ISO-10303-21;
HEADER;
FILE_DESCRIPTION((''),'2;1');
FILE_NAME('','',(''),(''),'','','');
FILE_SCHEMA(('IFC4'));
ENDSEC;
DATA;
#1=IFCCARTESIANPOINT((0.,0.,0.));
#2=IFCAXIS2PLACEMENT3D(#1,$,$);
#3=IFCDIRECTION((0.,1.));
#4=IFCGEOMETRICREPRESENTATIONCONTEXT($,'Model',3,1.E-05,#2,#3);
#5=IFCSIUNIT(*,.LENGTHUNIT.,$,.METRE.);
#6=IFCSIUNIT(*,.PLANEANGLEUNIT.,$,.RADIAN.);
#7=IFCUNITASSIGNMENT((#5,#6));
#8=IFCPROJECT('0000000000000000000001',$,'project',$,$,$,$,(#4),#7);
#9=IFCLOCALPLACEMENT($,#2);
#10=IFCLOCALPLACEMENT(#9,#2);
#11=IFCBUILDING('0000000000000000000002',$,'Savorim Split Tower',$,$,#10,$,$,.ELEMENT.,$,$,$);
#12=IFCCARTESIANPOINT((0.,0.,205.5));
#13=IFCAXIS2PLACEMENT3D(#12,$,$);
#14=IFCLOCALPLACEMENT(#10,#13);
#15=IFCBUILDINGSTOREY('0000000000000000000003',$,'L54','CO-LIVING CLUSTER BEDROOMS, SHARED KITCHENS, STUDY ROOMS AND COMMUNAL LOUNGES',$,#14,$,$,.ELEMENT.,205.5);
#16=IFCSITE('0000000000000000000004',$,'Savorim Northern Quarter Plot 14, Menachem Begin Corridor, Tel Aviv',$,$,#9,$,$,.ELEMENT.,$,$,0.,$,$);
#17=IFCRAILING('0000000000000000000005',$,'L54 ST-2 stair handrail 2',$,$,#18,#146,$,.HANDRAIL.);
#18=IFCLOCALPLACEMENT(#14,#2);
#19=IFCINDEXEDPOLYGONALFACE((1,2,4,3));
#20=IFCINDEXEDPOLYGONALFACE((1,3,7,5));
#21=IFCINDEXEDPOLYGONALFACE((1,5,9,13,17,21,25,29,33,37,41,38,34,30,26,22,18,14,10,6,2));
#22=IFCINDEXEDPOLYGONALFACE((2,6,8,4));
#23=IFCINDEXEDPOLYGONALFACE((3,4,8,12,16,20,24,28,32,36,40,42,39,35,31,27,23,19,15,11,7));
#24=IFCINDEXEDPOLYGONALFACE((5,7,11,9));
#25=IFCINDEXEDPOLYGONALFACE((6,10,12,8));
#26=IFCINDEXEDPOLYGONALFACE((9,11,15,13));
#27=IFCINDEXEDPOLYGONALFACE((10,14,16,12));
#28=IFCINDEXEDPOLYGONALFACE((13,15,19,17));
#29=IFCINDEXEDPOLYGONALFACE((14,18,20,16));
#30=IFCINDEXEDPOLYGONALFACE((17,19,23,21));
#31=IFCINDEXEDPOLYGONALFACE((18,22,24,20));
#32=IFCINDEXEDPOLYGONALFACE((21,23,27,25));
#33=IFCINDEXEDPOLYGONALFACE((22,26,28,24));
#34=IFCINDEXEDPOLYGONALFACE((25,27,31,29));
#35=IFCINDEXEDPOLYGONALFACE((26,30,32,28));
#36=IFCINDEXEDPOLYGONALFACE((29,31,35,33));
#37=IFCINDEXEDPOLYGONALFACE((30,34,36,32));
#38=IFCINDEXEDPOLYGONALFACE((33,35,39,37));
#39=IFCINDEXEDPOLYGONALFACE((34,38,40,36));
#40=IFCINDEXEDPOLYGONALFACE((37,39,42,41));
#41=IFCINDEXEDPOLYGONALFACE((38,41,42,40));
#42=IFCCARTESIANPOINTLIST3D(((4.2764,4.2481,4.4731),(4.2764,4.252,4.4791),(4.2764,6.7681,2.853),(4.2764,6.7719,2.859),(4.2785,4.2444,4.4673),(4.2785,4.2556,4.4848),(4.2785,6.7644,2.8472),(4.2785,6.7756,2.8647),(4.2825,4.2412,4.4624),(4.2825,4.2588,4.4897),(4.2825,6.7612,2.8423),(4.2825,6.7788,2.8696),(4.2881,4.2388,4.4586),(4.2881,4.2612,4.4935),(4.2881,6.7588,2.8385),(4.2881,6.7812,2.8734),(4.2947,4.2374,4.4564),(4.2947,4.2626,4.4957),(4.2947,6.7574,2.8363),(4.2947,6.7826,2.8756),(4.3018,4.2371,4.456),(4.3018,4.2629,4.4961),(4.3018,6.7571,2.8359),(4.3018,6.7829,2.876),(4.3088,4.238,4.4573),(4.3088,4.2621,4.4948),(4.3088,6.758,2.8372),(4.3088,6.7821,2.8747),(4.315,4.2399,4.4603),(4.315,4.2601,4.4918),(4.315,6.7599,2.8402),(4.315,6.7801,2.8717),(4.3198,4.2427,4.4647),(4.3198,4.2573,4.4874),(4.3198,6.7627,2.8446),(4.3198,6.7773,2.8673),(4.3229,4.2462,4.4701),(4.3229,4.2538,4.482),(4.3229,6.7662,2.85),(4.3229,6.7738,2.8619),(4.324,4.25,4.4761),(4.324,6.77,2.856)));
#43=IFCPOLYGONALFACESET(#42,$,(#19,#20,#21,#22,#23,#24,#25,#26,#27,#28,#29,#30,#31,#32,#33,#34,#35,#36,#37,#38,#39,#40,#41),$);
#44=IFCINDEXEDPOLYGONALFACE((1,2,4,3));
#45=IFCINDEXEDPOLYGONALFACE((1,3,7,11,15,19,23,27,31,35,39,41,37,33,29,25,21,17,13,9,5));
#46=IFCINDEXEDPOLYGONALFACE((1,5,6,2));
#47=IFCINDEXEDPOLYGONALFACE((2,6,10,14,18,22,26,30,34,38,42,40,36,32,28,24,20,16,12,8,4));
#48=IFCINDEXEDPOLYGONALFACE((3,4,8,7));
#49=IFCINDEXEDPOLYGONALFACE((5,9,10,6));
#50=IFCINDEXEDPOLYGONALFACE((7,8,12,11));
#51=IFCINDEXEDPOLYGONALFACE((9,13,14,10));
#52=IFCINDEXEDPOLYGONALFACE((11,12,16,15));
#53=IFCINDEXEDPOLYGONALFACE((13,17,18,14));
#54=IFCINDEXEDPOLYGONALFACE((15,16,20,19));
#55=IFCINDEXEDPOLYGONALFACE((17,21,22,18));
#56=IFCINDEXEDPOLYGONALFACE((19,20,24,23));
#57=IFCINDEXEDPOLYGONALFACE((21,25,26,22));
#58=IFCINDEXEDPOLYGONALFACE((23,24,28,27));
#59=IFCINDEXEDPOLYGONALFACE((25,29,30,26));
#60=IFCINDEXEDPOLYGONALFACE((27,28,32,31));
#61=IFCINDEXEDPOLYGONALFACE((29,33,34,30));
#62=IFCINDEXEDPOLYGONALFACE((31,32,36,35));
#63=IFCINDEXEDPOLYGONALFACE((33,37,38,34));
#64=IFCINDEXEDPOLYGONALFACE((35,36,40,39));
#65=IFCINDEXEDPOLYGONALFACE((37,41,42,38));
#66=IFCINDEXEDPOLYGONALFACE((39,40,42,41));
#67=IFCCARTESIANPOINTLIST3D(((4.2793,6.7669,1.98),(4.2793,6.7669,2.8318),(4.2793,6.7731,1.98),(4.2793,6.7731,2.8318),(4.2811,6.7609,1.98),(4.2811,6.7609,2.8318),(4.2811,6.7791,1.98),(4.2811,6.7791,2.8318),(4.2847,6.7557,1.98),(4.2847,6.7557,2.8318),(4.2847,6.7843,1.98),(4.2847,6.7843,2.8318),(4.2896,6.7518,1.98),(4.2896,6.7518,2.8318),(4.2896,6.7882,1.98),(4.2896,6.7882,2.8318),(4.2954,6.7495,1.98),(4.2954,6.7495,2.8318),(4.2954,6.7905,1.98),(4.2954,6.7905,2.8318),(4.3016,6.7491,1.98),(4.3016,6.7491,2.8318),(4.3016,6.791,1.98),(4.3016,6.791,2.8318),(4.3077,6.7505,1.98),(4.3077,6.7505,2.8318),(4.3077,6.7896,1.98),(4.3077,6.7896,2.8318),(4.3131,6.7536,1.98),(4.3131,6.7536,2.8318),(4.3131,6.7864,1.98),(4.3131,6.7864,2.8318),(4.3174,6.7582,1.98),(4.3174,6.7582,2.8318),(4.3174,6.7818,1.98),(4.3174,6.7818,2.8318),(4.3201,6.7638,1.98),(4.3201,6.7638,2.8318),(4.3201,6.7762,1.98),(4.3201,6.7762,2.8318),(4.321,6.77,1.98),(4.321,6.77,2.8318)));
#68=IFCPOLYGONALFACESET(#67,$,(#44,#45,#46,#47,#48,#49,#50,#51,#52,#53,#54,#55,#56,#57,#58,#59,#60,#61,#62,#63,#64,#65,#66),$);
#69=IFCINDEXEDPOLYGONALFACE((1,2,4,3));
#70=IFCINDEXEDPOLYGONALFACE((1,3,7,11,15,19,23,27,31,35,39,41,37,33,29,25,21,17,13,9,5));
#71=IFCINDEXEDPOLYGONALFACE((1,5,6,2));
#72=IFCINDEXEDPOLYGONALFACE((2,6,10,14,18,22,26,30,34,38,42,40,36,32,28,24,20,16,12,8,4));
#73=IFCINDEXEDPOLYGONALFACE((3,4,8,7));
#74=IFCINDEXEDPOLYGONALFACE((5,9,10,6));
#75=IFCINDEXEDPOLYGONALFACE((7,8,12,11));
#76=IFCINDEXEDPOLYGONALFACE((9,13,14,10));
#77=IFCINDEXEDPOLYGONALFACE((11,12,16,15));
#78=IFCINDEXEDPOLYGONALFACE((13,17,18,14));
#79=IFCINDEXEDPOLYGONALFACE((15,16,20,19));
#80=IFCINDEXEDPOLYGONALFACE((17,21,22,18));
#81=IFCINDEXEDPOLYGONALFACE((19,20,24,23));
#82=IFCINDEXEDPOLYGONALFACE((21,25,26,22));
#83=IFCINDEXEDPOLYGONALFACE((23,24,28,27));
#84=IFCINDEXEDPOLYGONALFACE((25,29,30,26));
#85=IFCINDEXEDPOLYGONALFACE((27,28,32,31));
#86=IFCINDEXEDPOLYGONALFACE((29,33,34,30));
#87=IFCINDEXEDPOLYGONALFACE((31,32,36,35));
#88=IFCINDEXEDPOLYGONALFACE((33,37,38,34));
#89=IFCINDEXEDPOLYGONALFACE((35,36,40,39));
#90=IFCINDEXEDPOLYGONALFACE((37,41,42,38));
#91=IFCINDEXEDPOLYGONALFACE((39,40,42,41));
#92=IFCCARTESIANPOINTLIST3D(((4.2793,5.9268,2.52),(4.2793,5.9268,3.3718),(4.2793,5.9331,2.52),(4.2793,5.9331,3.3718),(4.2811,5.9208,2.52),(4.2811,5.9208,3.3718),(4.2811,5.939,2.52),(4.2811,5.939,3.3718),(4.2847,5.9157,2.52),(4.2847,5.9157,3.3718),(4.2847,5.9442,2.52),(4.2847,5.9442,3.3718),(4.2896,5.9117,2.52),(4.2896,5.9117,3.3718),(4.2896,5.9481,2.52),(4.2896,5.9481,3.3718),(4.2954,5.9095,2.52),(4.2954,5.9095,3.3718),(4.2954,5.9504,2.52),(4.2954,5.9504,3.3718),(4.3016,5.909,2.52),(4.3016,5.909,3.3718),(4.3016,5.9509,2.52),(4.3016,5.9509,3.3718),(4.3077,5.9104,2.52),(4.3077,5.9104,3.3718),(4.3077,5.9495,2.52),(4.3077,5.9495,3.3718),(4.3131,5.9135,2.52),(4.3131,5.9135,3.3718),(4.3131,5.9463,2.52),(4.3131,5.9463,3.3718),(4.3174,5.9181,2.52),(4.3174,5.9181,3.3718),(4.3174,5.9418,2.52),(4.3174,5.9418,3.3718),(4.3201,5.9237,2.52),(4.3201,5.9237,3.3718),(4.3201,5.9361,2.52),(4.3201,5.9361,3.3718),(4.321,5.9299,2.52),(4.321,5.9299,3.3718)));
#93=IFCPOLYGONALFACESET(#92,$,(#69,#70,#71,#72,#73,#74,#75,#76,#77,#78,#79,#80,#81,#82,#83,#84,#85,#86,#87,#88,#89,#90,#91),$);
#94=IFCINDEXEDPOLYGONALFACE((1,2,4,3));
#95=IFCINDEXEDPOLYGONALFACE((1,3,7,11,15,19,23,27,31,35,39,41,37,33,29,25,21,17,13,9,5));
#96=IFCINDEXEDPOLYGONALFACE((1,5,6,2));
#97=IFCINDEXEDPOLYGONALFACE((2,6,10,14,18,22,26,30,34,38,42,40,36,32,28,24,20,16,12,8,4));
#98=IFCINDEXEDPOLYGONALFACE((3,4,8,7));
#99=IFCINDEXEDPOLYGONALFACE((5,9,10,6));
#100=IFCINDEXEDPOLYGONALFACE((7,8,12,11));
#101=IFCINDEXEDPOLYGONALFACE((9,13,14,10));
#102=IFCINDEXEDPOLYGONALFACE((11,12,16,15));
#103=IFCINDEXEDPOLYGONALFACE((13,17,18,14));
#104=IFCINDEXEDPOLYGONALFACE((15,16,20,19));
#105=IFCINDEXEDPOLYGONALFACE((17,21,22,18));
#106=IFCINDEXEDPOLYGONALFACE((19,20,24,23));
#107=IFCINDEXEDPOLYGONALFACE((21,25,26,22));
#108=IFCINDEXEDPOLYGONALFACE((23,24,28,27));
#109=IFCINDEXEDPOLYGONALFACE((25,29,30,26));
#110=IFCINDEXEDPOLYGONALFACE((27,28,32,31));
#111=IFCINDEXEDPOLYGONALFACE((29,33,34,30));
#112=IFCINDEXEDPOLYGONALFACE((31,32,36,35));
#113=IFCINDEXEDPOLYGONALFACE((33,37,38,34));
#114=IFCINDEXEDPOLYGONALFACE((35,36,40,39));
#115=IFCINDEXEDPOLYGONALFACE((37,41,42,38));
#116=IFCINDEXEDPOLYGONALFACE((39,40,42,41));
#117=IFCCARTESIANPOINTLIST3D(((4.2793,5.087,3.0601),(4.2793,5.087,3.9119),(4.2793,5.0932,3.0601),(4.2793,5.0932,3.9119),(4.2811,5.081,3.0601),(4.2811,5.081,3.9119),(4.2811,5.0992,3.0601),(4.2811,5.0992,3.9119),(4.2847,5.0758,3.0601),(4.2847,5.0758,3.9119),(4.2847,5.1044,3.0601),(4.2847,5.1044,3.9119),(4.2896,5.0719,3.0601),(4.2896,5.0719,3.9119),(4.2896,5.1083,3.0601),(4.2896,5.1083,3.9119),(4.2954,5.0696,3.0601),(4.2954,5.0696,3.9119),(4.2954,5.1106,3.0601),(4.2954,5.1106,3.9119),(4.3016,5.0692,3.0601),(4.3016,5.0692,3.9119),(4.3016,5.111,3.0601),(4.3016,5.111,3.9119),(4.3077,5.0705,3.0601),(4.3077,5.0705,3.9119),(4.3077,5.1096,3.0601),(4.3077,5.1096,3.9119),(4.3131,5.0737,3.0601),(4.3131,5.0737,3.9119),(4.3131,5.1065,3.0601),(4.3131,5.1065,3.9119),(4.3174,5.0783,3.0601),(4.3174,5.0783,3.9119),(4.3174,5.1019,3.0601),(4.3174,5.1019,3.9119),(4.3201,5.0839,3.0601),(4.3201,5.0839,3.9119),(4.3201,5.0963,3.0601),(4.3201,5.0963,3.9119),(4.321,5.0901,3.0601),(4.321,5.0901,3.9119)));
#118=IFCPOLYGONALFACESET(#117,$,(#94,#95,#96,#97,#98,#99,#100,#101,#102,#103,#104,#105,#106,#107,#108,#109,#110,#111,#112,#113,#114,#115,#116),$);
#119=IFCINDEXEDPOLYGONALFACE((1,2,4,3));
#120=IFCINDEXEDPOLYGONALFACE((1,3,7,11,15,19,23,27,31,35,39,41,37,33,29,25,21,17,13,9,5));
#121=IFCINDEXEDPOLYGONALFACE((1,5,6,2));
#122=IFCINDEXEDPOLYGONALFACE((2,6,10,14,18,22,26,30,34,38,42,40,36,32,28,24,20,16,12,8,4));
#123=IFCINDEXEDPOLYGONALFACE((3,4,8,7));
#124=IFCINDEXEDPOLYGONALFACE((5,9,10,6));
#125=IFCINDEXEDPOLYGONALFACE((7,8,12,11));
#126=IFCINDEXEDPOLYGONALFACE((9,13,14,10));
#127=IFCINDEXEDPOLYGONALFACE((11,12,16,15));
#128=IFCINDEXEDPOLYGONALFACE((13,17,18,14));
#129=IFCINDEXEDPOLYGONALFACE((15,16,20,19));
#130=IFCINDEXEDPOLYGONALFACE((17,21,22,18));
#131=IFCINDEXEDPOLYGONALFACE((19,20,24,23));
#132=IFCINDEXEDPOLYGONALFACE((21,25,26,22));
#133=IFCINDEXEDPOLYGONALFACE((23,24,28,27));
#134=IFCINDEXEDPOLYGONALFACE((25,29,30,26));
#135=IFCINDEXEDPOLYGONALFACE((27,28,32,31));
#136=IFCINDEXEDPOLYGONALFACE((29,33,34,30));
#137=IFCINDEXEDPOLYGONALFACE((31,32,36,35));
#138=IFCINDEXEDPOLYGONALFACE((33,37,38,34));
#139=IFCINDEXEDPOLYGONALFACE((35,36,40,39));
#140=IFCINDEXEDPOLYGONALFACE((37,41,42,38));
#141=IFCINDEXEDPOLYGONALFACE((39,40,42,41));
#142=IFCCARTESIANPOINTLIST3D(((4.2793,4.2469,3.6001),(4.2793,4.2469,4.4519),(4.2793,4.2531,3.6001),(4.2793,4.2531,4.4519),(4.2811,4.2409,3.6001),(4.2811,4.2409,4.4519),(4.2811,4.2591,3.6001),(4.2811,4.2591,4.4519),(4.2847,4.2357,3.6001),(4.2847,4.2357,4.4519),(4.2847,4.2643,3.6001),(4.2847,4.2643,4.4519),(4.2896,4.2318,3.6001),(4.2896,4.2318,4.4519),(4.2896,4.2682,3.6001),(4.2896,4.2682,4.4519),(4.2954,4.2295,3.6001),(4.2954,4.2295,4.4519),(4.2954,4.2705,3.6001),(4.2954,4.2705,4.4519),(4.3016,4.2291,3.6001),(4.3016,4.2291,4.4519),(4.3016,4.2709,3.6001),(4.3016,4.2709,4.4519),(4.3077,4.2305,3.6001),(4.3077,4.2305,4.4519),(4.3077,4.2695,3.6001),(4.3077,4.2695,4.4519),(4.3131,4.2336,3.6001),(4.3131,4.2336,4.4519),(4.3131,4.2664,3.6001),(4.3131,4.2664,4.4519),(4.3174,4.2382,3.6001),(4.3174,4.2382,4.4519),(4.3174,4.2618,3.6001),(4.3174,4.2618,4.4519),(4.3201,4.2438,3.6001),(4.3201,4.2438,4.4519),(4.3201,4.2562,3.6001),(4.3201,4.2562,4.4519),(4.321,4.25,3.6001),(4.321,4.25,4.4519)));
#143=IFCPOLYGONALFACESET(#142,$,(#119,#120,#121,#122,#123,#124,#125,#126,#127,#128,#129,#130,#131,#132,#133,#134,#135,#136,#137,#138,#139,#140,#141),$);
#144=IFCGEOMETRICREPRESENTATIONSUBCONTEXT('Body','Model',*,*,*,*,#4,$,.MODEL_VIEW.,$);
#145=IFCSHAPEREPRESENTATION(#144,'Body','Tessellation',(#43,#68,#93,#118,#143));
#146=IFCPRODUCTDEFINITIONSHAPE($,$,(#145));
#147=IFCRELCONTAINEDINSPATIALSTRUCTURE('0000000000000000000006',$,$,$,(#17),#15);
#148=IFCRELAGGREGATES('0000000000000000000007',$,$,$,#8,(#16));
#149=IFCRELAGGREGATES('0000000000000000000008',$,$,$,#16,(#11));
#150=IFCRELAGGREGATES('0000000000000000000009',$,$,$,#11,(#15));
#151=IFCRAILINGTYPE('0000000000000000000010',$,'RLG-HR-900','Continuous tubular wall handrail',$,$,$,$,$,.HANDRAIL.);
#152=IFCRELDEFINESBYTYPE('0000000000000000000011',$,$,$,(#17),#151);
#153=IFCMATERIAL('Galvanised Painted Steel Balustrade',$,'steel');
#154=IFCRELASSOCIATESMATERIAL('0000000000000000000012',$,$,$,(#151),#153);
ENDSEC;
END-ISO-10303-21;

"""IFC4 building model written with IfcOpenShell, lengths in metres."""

from ifc_helpers import new_model, si_unit, direction, frame, origin, origin_2d, place, context, subcontext, project, spatial, circle, extrude, material, type_object, element, save


model = new_model("IFC4")

# Units and contexts
model_context = context("Model", 3, precision=1e-05, world=origin(), true_north=direction((0.0, 1.0)))
body_context = subcontext(model_context, "Body", "Model", "MODEL_VIEW")
ifc_project = project(units=[si_unit("LENGTHUNIT", "METRE"), si_unit("PLANEANGLEUNIT", "RADIAN")], contexts=[model_context])

# Site, building, storey
site_placement = place(None, origin())
site = spatial("IfcSite", under=ifc_project, at=site_placement, Name="Savorim Northern Quarter Plot 14, Menachem Begin Corridor, Tel Aviv", CompositionType="ELEMENT", RefElevation=0.0)
building_placement = place(site_placement, origin())
building = spatial("IfcBuilding", under=site, at=building_placement, Name="Savorim Split Tower", CompositionType="ELEMENT")
storey_placement = place(building_placement, frame((0.0, 0.0, 205.5)))
storey = spatial("IfcBuildingStorey", under=building, at=storey_placement, Name="L54", Description="CO-LIVING CLUSTER BEDROOMS, SHARED KITCHENS, STUDY ROOMS AND COMMUNAL LOUNGES", CompositionType="ELEMENT", Elevation=205.5)

# Railing
ifc_material_1 = material(Name="Galvanised Painted Steel Balustrade", Category="steel")
railing_type_1 = type_object("IfcRailingType", Name="RLG-HR-900", Description="Continuous tubular wall handrail", PredefinedType="HANDRAIL", material=ifc_material_1)
railing_1_placement = place(storey_placement, frame((4.3, 6.77, 1.98)))
element("IfcRailing", 1, at=railing_1_placement, inside=storey, type_object=railing_type_1, Name="L54 ST-2 stair handrail 2", PredefinedType="HANDRAIL", context=body_context, shape_type="SweptSolid", body=[
    extrude(circle(Radius=0.0239, at=origin_2d()), frame((0.0, 0.0, 0.876), z_axis=(0.0, -0.841163, 0.540782), x_axis=(1.0, 0.0, 0.0)), (0.0, 0.0, 1.0), 2.9958),
    extrude(circle(Radius=0.021, at=origin_2d()), origin(), (0.0, 0.0, 1.0), 0.8518),
    extrude(circle(Radius=0.021, at=origin_2d()), frame((0.0, -0.8401, 0.54)), (0.0, 0.0, 1.0), 0.8518),
    extrude(circle(Radius=0.021, at=origin_2d()), frame((0.0, -1.6799, 1.0801)), (0.0, 0.0, 1.0), 0.8518),
    extrude(circle(Radius=0.021, at=origin_2d()), frame((0.0, -2.52, 1.6201)), (0.0, 0.0, 1.0), 0.8518),
])

save(model, "model.ifc")
